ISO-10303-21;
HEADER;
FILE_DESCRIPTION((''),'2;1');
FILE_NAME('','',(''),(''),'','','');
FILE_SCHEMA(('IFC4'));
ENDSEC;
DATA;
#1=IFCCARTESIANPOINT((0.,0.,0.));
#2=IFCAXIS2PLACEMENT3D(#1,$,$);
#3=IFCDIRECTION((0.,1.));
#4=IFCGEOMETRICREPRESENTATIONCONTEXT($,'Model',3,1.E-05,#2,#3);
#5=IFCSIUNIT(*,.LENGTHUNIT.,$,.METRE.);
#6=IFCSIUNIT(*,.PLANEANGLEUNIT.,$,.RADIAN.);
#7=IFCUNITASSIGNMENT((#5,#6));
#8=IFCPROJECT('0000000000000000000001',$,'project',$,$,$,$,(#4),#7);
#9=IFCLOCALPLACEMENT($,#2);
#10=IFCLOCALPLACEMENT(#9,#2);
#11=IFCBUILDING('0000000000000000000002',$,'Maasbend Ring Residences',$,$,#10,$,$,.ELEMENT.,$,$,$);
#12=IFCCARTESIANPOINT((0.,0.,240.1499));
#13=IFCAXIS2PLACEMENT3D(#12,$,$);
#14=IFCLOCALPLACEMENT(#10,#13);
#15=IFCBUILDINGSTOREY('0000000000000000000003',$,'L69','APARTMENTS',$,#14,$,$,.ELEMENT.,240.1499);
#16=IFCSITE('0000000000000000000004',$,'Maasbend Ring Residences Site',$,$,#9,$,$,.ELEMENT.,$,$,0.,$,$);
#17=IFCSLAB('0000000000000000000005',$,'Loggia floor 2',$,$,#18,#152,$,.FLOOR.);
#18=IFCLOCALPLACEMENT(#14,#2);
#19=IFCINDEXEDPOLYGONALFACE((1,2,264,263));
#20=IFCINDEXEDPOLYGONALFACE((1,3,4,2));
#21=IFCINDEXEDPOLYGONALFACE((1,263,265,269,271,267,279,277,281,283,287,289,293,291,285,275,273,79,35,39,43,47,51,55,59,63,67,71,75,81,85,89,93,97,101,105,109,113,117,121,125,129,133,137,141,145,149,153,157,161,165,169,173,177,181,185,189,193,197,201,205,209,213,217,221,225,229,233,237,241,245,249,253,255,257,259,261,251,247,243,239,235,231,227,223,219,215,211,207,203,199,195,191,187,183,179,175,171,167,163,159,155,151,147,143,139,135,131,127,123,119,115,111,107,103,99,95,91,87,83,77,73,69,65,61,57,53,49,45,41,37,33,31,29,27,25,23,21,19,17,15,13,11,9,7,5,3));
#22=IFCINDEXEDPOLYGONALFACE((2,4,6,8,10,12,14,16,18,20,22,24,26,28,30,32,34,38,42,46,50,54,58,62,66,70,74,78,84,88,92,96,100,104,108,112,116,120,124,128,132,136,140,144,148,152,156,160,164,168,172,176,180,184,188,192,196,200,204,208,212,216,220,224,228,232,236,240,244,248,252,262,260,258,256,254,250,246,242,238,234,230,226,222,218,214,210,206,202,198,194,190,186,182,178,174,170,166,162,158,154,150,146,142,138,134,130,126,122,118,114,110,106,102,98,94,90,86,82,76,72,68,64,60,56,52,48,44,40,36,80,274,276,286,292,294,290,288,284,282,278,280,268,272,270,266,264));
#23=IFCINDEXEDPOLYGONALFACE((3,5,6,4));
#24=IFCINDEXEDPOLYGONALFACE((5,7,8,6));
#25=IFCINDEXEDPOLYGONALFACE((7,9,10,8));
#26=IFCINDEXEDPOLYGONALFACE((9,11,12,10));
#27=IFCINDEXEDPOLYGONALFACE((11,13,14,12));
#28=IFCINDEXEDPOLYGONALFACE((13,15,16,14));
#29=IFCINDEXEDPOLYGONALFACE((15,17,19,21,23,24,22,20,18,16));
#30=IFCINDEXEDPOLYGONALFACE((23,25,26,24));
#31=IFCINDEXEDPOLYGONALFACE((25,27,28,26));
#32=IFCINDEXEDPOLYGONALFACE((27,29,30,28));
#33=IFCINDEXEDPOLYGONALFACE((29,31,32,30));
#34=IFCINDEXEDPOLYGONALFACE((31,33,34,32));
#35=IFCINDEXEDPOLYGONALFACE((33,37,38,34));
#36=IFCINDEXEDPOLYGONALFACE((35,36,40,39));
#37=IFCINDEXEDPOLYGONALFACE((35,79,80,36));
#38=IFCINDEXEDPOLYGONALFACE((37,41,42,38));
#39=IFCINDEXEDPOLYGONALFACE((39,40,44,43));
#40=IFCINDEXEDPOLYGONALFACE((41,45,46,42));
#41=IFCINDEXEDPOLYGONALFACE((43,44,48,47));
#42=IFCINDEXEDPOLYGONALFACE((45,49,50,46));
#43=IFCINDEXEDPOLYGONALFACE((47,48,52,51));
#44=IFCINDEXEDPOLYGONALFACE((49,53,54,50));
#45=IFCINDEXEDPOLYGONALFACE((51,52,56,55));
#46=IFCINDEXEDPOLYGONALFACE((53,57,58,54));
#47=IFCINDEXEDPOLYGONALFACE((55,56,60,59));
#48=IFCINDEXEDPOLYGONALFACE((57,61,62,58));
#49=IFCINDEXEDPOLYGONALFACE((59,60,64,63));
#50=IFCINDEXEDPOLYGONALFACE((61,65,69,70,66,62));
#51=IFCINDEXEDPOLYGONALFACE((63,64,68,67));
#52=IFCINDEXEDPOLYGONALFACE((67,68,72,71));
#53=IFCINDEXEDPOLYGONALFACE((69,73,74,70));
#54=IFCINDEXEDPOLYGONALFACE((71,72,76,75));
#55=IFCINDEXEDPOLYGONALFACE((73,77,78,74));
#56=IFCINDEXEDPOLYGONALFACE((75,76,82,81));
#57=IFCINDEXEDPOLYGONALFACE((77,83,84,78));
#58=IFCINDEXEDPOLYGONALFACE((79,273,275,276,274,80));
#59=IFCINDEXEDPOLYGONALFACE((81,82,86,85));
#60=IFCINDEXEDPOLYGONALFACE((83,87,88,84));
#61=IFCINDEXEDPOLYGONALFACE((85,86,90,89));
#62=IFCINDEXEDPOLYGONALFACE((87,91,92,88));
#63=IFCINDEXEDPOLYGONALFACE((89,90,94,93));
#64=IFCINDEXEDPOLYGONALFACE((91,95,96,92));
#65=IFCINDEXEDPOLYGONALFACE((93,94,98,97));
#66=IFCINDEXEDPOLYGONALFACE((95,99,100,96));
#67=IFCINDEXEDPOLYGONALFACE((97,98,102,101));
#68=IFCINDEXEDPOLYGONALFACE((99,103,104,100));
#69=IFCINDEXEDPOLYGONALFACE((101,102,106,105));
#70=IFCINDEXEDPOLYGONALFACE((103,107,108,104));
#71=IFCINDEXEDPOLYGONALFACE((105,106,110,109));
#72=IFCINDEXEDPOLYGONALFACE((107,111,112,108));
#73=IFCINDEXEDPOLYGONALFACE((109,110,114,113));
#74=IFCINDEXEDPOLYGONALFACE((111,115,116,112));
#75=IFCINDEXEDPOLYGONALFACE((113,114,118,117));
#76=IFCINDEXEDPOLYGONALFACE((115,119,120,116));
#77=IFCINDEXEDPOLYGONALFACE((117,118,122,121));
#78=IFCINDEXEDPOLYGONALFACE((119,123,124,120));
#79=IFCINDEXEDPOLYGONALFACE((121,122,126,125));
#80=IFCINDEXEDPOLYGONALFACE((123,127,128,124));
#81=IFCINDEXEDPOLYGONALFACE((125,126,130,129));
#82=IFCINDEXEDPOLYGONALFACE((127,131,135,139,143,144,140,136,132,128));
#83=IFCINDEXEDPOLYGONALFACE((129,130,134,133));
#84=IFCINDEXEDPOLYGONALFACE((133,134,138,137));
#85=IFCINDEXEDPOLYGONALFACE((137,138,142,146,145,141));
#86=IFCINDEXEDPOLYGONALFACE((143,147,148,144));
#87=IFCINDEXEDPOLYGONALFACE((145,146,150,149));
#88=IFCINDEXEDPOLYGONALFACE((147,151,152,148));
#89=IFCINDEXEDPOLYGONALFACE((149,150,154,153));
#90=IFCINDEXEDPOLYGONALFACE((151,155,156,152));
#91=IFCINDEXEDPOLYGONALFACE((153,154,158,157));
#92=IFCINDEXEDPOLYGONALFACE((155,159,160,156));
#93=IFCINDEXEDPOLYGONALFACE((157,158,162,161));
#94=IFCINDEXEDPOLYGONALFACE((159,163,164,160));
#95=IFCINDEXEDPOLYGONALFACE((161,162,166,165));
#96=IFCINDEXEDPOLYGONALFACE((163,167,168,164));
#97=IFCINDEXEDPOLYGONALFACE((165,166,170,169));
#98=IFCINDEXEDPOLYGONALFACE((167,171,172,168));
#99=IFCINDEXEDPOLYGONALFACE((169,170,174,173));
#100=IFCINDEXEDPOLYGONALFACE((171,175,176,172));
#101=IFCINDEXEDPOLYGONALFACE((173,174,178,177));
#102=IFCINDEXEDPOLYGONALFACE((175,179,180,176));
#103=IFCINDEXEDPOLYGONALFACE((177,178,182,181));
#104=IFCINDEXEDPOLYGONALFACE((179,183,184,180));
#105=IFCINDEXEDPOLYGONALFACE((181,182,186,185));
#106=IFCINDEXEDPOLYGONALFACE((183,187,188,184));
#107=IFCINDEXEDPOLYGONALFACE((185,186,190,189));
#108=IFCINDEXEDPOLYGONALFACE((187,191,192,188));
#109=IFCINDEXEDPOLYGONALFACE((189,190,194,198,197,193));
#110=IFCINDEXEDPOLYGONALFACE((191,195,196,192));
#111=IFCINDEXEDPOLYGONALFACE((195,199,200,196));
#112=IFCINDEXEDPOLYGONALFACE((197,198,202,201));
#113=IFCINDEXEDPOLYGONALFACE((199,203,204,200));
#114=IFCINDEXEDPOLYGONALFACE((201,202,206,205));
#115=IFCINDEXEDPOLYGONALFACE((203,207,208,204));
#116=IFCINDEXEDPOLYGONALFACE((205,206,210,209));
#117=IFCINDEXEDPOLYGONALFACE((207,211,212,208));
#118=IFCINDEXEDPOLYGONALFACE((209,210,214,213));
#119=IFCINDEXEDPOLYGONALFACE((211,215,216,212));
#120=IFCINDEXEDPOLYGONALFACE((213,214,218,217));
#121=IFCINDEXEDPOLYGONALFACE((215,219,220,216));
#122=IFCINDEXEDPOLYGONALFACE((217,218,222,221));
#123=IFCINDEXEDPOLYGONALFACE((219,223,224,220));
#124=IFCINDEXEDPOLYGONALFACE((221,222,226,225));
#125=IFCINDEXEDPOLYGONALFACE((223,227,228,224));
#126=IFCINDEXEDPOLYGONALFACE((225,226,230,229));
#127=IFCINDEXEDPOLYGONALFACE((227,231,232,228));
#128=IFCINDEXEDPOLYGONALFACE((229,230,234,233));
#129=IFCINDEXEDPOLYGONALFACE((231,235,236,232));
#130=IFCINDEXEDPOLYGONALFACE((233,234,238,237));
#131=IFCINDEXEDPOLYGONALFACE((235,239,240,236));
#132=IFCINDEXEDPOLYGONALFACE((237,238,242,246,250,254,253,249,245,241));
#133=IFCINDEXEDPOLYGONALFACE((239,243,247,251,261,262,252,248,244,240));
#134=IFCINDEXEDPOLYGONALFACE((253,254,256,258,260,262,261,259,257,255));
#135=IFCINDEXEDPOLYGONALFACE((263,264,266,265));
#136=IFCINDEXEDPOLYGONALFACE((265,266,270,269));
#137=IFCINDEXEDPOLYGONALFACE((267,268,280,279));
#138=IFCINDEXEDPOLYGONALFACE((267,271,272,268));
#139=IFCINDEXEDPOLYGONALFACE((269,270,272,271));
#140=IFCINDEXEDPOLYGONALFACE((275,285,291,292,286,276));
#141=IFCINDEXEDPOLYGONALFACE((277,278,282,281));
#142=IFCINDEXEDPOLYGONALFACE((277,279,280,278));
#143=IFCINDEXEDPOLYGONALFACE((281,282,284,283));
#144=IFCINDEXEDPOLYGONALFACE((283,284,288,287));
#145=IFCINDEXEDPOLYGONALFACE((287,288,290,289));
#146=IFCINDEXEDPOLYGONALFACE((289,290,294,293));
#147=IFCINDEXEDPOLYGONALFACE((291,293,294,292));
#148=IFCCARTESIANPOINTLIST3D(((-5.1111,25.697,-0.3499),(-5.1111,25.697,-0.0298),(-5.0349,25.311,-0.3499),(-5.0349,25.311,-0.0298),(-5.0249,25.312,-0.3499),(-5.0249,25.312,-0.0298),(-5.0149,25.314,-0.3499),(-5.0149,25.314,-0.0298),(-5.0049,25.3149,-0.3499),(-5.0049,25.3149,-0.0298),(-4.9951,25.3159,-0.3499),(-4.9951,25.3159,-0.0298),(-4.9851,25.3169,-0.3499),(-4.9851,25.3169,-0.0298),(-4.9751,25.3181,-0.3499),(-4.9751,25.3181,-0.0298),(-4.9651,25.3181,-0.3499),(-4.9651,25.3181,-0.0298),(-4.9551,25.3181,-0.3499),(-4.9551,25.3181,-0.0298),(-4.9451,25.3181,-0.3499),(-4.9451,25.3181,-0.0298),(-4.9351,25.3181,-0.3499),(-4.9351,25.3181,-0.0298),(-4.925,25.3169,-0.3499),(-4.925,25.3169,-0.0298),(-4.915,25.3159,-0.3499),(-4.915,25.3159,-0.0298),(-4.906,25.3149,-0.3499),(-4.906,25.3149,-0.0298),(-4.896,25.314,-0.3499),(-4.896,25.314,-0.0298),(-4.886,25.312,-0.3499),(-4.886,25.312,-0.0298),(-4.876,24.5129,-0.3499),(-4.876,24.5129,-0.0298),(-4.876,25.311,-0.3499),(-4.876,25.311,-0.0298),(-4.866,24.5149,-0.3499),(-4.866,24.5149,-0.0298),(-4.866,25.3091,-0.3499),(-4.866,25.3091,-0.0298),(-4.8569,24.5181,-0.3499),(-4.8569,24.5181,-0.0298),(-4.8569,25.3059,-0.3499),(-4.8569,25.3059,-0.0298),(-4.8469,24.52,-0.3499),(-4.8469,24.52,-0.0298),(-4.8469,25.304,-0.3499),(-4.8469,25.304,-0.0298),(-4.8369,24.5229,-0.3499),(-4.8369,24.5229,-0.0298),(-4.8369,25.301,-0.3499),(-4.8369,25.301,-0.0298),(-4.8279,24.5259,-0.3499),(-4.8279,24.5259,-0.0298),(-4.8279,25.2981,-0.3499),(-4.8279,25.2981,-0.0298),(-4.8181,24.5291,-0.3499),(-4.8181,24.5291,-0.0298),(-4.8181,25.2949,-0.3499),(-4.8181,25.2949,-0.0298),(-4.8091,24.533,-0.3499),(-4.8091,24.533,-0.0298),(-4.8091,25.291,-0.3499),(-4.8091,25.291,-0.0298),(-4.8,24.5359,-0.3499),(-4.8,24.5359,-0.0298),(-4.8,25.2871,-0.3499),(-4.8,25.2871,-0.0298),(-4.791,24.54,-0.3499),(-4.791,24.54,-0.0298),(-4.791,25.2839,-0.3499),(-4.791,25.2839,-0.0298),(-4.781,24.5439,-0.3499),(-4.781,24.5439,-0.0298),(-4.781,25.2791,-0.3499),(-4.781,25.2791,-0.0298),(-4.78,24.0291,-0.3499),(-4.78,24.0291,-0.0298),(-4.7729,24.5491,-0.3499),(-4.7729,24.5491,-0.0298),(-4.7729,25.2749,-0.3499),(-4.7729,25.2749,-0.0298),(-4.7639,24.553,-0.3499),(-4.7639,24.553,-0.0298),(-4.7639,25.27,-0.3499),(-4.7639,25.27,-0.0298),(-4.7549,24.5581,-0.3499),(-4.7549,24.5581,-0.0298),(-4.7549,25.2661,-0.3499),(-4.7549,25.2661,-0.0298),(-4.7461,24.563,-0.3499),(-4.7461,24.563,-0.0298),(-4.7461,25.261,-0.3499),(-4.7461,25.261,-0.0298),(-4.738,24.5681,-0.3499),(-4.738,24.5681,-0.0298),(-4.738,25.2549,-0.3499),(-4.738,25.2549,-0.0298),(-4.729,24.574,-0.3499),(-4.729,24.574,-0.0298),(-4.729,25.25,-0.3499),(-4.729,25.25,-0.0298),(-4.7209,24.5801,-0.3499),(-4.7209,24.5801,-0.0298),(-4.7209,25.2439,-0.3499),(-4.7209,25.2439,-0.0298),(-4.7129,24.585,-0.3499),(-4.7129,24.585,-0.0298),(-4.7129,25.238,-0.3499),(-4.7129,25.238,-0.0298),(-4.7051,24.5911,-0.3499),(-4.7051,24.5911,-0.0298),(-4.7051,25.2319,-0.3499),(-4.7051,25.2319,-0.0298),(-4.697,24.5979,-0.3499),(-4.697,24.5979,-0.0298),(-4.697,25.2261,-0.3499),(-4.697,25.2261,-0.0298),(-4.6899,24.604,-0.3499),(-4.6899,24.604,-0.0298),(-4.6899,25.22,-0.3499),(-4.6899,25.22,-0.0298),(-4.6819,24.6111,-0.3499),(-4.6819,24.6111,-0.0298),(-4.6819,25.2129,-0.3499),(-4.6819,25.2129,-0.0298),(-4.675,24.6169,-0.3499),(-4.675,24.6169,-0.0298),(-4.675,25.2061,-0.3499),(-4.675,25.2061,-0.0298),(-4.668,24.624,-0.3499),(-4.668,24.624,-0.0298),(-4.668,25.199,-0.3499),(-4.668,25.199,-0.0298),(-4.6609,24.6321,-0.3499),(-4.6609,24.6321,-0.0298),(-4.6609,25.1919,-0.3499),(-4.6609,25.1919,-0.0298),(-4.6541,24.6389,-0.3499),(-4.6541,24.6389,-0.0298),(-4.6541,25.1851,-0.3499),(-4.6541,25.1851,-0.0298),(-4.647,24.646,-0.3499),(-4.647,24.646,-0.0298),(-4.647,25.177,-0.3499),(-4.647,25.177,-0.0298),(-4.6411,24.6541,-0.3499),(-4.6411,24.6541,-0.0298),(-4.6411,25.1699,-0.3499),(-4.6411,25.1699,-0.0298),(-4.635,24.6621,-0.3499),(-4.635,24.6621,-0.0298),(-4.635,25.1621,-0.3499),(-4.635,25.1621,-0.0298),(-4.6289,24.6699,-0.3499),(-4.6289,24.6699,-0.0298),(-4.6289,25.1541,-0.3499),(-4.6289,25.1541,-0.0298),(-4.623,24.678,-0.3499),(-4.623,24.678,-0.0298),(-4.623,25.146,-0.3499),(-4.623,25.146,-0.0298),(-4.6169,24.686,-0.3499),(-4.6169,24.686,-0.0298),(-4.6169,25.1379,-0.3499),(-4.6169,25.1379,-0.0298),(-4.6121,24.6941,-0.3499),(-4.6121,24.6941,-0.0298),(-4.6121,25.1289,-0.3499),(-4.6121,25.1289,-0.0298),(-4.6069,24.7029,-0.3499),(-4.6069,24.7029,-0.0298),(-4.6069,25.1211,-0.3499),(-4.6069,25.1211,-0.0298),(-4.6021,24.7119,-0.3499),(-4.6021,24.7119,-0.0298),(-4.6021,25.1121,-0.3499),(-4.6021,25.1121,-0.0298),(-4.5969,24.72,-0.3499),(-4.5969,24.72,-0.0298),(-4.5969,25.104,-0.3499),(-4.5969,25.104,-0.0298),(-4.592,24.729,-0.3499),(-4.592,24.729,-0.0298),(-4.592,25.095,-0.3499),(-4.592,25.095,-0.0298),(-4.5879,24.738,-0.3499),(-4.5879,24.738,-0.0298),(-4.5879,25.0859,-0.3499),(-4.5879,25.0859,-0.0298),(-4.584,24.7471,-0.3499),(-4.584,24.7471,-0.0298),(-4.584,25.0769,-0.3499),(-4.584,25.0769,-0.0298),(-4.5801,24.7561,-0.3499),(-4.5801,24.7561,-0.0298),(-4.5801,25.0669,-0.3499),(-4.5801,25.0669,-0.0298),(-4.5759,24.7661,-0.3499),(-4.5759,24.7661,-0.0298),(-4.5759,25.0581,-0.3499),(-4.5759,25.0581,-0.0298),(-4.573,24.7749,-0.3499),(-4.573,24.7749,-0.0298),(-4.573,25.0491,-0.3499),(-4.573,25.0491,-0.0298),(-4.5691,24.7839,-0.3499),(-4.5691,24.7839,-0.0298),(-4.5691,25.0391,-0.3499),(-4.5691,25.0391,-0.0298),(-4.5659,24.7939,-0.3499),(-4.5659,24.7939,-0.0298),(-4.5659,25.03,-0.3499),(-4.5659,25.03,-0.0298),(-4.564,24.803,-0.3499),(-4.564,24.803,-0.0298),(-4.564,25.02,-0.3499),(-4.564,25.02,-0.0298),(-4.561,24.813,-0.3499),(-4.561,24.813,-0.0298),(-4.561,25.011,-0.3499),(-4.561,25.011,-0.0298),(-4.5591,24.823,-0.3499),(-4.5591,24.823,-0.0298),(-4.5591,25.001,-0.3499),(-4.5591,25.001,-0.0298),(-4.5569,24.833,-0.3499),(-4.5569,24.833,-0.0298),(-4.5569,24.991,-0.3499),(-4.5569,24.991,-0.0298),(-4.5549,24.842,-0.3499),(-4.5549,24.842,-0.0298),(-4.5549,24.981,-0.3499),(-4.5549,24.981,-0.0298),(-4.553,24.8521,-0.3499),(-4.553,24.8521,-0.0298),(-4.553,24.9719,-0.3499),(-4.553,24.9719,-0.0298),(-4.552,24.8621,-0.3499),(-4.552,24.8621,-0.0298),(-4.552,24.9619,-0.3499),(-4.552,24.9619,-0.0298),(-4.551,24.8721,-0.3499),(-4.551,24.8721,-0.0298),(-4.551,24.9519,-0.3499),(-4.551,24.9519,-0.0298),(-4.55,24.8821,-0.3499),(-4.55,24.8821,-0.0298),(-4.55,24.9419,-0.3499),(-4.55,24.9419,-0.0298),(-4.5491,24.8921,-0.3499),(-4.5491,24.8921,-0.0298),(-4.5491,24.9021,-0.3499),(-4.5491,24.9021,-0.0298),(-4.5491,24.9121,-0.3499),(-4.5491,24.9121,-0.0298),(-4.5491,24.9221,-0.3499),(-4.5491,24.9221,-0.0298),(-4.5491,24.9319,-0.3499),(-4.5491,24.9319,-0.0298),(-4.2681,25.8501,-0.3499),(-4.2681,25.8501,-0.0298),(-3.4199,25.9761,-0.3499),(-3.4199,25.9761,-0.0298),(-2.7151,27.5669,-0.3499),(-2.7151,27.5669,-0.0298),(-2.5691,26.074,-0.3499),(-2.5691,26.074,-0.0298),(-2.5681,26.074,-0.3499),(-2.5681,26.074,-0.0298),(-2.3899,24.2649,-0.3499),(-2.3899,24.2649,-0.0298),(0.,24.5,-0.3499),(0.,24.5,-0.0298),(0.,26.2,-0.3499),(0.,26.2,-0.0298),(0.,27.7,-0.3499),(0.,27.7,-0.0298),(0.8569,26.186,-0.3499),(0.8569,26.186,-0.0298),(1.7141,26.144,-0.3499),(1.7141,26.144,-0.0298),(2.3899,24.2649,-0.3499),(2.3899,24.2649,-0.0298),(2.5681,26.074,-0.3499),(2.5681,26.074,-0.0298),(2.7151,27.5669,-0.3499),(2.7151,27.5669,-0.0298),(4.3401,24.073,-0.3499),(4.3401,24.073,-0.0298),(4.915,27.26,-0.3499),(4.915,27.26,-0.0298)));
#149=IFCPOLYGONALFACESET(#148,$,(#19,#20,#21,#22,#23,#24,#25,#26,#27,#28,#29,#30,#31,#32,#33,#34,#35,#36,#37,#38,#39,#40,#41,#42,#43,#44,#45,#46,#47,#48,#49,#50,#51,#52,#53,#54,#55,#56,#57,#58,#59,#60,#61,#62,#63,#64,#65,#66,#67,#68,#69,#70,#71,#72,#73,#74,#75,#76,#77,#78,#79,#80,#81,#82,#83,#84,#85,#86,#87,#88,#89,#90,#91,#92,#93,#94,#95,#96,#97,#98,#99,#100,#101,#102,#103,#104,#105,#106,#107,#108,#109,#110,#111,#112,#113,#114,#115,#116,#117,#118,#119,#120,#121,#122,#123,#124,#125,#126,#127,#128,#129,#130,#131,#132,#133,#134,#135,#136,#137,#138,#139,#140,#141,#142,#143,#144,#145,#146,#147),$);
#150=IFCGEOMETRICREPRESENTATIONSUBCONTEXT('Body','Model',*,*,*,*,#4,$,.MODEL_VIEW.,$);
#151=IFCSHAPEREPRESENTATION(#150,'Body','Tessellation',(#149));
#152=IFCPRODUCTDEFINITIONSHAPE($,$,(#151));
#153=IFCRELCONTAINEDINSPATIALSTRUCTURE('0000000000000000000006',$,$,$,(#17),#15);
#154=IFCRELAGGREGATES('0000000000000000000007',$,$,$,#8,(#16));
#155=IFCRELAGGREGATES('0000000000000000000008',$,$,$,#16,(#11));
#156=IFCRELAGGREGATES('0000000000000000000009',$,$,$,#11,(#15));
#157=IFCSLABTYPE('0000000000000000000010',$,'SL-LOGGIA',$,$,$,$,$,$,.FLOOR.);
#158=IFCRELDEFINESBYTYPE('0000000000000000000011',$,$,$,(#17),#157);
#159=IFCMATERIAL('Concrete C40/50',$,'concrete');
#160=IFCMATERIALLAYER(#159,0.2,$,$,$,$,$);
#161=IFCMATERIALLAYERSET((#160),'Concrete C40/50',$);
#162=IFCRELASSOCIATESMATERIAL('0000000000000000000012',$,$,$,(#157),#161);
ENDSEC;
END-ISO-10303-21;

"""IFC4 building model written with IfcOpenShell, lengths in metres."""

from ifc_helpers import new_model, si_unit, direction, frame, origin, place, context, subcontext, project, spatial, polyline, outline, extrude, material, layer, layer_set, type_object, element, save


model = new_model("IFC4")

# Units and contexts
model_context = context("Model", 3, precision=1e-05, world=origin(), true_north=direction((0.0, 1.0)))
body_context = subcontext(model_context, "Body", "Model", "MODEL_VIEW")
ifc_project = project(units=[si_unit("LENGTHUNIT", "METRE"), si_unit("PLANEANGLEUNIT", "RADIAN")], contexts=[model_context])

# Site, building, storey
site_placement = place(None, origin())
site = spatial("IfcSite", under=ifc_project, at=site_placement, Name="Maasbend Ring Residences Site", CompositionType="ELEMENT", RefElevation=0.0)
building_placement = place(site_placement, origin())
building = spatial("IfcBuilding", under=site, at=building_placement, Name="Maasbend Ring Residences", CompositionType="ELEMENT")
storey_placement = place(building_placement, frame((0.0, 0.0, 240.1499)))
storey = spatial("IfcBuildingStorey", under=building, at=storey_placement, Name="L69", Description="APARTMENTS", CompositionType="ELEMENT", Elevation=240.1499)

# Slab
ifc_material_1 = material(Name="Concrete C40/50", Category="concrete")
ifc_layer_1 = layer(ifc_material_1, 0.2)
ifc_layer_set_1 = layer_set([ifc_layer_1], Name="Concrete C40/50")
slab_type_1 = type_object("IfcSlabType", Name="SL-LOGGIA", PredefinedType="FLOOR", material=ifc_layer_set_1)
slab_1_placement = place(storey_placement, frame((0.0, 0.0, -0.3499)))
element("IfcSlab", 1, at=slab_1_placement, inside=storey, type_object=slab_type_1, Name="Loggia floor 2", PredefinedType="FLOOR", context=body_context, shape_type="SweptSolid", body=[
    extrude(outline(polyline([(-3.4199, 25.9761), (-2.5691, 26.074), (-2.5681, 26.074), (-2.5681, 26.074), (-2.5681, 26.074), (-2.5681, 26.074), (-2.5681, 26.074), (-2.5681, 26.074), (-2.5681, 26.074), (-2.5681, 26.074), (-2.5681, 26.074), (-2.5681, 26.074), (-2.5681, 26.074), (-2.5681, 26.074), (-2.5681, 26.074), (-2.5681, 26.074), (-2.5681, 26.074), (-2.5681, 26.074), (-2.7151, 27.5669), (-2.7151, 27.5669), (-2.7151, 27.5669), (0.0, 27.7), (0.0, 27.7), (0.0, 27.7), (0.0, 26.2), (0.0, 26.2), (0.0, 26.2), (0.0, 26.2), (0.0, 26.2), (0.0, 26.2), (0.0, 26.2), (0.0, 26.2), (0.0, 26.2), (0.0, 26.2), (0.0, 26.2), (0.0, 26.2), (0.0, 26.2), (0.0, 26.2), (0.0, 26.2), (0.0, 26.2), (0.0, 26.2), (0.8569, 26.186), (0.8569, 26.186), (1.7141, 26.144), (1.7141, 26.144), (2.5681, 26.074), (2.5681, 26.074), (2.5681, 26.074), (2.5681, 26.074), (2.5681, 26.074), (2.5681, 26.074), (2.5681, 26.074), (2.5681, 26.074), (2.5681, 26.074), (2.5681, 26.074), (2.5681, 26.074), (2.5681, 26.074), (2.5681, 26.074), (2.5681, 26.074), (2.5681, 26.074), (2.5681, 26.074), (2.5681, 26.074), (2.7151, 27.5669), (2.7151, 27.5669), (2.7151, 27.5669), (4.915, 27.26), (4.915, 27.26), (4.915, 27.26), (4.3401, 24.073), (4.3401, 24.073), (4.3401, 24.073), (2.3899, 24.2649), (0.0, 24.5), (0.0, 24.5), (0.0, 24.5), (-2.3899, 24.2649), (-4.78, 24.0291), (-4.78, 24.0291), (-4.78, 24.0291), (-4.876, 24.5129), (-4.866, 24.5149), (-4.8569, 24.5181), (-4.8469, 24.52), (-4.8369, 24.5229), (-4.8279, 24.5259), (-4.8181, 24.5291), (-4.8091, 24.533), (-4.8, 24.5359), (-4.791, 24.54), (-4.781, 24.5439), (-4.7729, 24.5491), (-4.7639, 24.553), (-4.7549, 24.5581), (-4.7461, 24.563), (-4.738, 24.5681), (-4.729, 24.574), (-4.7209, 24.5801), (-4.7129, 24.585), (-4.7051, 24.5911), (-4.697, 24.5979), (-4.6899, 24.604), (-4.6819, 24.6111), (-4.675, 24.6169), (-4.668, 24.624), (-4.6609, 24.6321), (-4.6541, 24.6389), (-4.647, 24.646), (-4.6411, 24.6541), (-4.635, 24.6621), (-4.6289, 24.6699), (-4.623, 24.678), (-4.6169, 24.686), (-4.6121, 24.6941), (-4.6069, 24.7029), (-4.6021, 24.7119), (-4.5969, 24.72), (-4.592, 24.729), (-4.5879, 24.738), (-4.584, 24.7471), (-4.5801, 24.7561), (-4.5759, 24.7661), (-4.573, 24.7749), (-4.5691, 24.7839), (-4.5659, 24.7939), (-4.564, 24.803), (-4.561, 24.813), (-4.5591, 24.823), (-4.5569, 24.833), (-4.5549, 24.842), (-4.553, 24.8521), (-4.552, 24.8621), (-4.551, 24.8721), (-4.55, 24.8821), (-4.5491, 24.8921), (-4.5491, 24.9021), (-4.5491, 24.9121), (-4.5491, 24.9221), (-4.5491, 24.9319), (-4.55, 24.9419), (-4.551, 24.9519), (-4.552, 24.9619), (-4.553, 24.9719), (-4.5549, 24.981), (-4.5569, 24.991), (-4.5591, 25.001), (-4.561, 25.011), (-4.564, 25.02), (-4.5659, 25.03), (-4.5691, 25.0391), (-4.573, 25.0491), (-4.5759, 25.0581), (-4.5801, 25.0669), (-4.584, 25.0769), (-4.5879, 25.0859), (-4.592, 25.095), (-4.5969, 25.104), (-4.6021, 25.1121), (-4.6069, 25.1211), (-4.6121, 25.1289), (-4.6169, 25.1379), (-4.623, 25.146), (-4.6289, 25.1541), (-4.635, 25.1621), (-4.6411, 25.1699), (-4.647, 25.177), (-4.6541, 25.1851), (-4.6609, 25.1919), (-4.668, 25.199), (-4.675, 25.2061), (-4.6819, 25.2129), (-4.6899, 25.22), (-4.697, 25.2261), (-4.7051, 25.2319), (-4.7129, 25.238), (-4.7209, 25.2439), (-4.729, 25.25), (-4.738, 25.2549), (-4.7461, 25.261), (-4.7549, 25.2661), (-4.7639, 25.27), (-4.7729, 25.2749), (-4.781, 25.2791), (-4.791, 25.2839), (-4.8, 25.2871), (-4.8091, 25.291), (-4.8181, 25.2949), (-4.8279, 25.2981), (-4.8369, 25.301), (-4.8469, 25.304), (-4.8569, 25.3059), (-4.866, 25.3091), (-4.876, 25.311), (-4.886, 25.312), (-4.896, 25.314), (-4.906, 25.3149), (-4.915, 25.3159), (-4.925, 25.3169), (-4.9351, 25.3181), (-4.9451, 25.3181), (-4.9551, 25.3181), (-4.9651, 25.3181), (-4.9751, 25.3181), (-4.9851, 25.3169), (-4.9951, 25.3159), (-5.0049, 25.3149), (-5.0149, 25.314), (-5.0249, 25.312), (-5.0349, 25.311), (-5.1111, 25.697), (-5.1111, 25.697), (-5.1111, 25.697), (-4.2681, 25.8501), (-4.2681, 25.8501), (-3.4199, 25.9761), (-3.4199, 25.9761)])), origin(), (0.0, 0.0, 1.0), 0.3201),
])

save(model, "model.ifc")
